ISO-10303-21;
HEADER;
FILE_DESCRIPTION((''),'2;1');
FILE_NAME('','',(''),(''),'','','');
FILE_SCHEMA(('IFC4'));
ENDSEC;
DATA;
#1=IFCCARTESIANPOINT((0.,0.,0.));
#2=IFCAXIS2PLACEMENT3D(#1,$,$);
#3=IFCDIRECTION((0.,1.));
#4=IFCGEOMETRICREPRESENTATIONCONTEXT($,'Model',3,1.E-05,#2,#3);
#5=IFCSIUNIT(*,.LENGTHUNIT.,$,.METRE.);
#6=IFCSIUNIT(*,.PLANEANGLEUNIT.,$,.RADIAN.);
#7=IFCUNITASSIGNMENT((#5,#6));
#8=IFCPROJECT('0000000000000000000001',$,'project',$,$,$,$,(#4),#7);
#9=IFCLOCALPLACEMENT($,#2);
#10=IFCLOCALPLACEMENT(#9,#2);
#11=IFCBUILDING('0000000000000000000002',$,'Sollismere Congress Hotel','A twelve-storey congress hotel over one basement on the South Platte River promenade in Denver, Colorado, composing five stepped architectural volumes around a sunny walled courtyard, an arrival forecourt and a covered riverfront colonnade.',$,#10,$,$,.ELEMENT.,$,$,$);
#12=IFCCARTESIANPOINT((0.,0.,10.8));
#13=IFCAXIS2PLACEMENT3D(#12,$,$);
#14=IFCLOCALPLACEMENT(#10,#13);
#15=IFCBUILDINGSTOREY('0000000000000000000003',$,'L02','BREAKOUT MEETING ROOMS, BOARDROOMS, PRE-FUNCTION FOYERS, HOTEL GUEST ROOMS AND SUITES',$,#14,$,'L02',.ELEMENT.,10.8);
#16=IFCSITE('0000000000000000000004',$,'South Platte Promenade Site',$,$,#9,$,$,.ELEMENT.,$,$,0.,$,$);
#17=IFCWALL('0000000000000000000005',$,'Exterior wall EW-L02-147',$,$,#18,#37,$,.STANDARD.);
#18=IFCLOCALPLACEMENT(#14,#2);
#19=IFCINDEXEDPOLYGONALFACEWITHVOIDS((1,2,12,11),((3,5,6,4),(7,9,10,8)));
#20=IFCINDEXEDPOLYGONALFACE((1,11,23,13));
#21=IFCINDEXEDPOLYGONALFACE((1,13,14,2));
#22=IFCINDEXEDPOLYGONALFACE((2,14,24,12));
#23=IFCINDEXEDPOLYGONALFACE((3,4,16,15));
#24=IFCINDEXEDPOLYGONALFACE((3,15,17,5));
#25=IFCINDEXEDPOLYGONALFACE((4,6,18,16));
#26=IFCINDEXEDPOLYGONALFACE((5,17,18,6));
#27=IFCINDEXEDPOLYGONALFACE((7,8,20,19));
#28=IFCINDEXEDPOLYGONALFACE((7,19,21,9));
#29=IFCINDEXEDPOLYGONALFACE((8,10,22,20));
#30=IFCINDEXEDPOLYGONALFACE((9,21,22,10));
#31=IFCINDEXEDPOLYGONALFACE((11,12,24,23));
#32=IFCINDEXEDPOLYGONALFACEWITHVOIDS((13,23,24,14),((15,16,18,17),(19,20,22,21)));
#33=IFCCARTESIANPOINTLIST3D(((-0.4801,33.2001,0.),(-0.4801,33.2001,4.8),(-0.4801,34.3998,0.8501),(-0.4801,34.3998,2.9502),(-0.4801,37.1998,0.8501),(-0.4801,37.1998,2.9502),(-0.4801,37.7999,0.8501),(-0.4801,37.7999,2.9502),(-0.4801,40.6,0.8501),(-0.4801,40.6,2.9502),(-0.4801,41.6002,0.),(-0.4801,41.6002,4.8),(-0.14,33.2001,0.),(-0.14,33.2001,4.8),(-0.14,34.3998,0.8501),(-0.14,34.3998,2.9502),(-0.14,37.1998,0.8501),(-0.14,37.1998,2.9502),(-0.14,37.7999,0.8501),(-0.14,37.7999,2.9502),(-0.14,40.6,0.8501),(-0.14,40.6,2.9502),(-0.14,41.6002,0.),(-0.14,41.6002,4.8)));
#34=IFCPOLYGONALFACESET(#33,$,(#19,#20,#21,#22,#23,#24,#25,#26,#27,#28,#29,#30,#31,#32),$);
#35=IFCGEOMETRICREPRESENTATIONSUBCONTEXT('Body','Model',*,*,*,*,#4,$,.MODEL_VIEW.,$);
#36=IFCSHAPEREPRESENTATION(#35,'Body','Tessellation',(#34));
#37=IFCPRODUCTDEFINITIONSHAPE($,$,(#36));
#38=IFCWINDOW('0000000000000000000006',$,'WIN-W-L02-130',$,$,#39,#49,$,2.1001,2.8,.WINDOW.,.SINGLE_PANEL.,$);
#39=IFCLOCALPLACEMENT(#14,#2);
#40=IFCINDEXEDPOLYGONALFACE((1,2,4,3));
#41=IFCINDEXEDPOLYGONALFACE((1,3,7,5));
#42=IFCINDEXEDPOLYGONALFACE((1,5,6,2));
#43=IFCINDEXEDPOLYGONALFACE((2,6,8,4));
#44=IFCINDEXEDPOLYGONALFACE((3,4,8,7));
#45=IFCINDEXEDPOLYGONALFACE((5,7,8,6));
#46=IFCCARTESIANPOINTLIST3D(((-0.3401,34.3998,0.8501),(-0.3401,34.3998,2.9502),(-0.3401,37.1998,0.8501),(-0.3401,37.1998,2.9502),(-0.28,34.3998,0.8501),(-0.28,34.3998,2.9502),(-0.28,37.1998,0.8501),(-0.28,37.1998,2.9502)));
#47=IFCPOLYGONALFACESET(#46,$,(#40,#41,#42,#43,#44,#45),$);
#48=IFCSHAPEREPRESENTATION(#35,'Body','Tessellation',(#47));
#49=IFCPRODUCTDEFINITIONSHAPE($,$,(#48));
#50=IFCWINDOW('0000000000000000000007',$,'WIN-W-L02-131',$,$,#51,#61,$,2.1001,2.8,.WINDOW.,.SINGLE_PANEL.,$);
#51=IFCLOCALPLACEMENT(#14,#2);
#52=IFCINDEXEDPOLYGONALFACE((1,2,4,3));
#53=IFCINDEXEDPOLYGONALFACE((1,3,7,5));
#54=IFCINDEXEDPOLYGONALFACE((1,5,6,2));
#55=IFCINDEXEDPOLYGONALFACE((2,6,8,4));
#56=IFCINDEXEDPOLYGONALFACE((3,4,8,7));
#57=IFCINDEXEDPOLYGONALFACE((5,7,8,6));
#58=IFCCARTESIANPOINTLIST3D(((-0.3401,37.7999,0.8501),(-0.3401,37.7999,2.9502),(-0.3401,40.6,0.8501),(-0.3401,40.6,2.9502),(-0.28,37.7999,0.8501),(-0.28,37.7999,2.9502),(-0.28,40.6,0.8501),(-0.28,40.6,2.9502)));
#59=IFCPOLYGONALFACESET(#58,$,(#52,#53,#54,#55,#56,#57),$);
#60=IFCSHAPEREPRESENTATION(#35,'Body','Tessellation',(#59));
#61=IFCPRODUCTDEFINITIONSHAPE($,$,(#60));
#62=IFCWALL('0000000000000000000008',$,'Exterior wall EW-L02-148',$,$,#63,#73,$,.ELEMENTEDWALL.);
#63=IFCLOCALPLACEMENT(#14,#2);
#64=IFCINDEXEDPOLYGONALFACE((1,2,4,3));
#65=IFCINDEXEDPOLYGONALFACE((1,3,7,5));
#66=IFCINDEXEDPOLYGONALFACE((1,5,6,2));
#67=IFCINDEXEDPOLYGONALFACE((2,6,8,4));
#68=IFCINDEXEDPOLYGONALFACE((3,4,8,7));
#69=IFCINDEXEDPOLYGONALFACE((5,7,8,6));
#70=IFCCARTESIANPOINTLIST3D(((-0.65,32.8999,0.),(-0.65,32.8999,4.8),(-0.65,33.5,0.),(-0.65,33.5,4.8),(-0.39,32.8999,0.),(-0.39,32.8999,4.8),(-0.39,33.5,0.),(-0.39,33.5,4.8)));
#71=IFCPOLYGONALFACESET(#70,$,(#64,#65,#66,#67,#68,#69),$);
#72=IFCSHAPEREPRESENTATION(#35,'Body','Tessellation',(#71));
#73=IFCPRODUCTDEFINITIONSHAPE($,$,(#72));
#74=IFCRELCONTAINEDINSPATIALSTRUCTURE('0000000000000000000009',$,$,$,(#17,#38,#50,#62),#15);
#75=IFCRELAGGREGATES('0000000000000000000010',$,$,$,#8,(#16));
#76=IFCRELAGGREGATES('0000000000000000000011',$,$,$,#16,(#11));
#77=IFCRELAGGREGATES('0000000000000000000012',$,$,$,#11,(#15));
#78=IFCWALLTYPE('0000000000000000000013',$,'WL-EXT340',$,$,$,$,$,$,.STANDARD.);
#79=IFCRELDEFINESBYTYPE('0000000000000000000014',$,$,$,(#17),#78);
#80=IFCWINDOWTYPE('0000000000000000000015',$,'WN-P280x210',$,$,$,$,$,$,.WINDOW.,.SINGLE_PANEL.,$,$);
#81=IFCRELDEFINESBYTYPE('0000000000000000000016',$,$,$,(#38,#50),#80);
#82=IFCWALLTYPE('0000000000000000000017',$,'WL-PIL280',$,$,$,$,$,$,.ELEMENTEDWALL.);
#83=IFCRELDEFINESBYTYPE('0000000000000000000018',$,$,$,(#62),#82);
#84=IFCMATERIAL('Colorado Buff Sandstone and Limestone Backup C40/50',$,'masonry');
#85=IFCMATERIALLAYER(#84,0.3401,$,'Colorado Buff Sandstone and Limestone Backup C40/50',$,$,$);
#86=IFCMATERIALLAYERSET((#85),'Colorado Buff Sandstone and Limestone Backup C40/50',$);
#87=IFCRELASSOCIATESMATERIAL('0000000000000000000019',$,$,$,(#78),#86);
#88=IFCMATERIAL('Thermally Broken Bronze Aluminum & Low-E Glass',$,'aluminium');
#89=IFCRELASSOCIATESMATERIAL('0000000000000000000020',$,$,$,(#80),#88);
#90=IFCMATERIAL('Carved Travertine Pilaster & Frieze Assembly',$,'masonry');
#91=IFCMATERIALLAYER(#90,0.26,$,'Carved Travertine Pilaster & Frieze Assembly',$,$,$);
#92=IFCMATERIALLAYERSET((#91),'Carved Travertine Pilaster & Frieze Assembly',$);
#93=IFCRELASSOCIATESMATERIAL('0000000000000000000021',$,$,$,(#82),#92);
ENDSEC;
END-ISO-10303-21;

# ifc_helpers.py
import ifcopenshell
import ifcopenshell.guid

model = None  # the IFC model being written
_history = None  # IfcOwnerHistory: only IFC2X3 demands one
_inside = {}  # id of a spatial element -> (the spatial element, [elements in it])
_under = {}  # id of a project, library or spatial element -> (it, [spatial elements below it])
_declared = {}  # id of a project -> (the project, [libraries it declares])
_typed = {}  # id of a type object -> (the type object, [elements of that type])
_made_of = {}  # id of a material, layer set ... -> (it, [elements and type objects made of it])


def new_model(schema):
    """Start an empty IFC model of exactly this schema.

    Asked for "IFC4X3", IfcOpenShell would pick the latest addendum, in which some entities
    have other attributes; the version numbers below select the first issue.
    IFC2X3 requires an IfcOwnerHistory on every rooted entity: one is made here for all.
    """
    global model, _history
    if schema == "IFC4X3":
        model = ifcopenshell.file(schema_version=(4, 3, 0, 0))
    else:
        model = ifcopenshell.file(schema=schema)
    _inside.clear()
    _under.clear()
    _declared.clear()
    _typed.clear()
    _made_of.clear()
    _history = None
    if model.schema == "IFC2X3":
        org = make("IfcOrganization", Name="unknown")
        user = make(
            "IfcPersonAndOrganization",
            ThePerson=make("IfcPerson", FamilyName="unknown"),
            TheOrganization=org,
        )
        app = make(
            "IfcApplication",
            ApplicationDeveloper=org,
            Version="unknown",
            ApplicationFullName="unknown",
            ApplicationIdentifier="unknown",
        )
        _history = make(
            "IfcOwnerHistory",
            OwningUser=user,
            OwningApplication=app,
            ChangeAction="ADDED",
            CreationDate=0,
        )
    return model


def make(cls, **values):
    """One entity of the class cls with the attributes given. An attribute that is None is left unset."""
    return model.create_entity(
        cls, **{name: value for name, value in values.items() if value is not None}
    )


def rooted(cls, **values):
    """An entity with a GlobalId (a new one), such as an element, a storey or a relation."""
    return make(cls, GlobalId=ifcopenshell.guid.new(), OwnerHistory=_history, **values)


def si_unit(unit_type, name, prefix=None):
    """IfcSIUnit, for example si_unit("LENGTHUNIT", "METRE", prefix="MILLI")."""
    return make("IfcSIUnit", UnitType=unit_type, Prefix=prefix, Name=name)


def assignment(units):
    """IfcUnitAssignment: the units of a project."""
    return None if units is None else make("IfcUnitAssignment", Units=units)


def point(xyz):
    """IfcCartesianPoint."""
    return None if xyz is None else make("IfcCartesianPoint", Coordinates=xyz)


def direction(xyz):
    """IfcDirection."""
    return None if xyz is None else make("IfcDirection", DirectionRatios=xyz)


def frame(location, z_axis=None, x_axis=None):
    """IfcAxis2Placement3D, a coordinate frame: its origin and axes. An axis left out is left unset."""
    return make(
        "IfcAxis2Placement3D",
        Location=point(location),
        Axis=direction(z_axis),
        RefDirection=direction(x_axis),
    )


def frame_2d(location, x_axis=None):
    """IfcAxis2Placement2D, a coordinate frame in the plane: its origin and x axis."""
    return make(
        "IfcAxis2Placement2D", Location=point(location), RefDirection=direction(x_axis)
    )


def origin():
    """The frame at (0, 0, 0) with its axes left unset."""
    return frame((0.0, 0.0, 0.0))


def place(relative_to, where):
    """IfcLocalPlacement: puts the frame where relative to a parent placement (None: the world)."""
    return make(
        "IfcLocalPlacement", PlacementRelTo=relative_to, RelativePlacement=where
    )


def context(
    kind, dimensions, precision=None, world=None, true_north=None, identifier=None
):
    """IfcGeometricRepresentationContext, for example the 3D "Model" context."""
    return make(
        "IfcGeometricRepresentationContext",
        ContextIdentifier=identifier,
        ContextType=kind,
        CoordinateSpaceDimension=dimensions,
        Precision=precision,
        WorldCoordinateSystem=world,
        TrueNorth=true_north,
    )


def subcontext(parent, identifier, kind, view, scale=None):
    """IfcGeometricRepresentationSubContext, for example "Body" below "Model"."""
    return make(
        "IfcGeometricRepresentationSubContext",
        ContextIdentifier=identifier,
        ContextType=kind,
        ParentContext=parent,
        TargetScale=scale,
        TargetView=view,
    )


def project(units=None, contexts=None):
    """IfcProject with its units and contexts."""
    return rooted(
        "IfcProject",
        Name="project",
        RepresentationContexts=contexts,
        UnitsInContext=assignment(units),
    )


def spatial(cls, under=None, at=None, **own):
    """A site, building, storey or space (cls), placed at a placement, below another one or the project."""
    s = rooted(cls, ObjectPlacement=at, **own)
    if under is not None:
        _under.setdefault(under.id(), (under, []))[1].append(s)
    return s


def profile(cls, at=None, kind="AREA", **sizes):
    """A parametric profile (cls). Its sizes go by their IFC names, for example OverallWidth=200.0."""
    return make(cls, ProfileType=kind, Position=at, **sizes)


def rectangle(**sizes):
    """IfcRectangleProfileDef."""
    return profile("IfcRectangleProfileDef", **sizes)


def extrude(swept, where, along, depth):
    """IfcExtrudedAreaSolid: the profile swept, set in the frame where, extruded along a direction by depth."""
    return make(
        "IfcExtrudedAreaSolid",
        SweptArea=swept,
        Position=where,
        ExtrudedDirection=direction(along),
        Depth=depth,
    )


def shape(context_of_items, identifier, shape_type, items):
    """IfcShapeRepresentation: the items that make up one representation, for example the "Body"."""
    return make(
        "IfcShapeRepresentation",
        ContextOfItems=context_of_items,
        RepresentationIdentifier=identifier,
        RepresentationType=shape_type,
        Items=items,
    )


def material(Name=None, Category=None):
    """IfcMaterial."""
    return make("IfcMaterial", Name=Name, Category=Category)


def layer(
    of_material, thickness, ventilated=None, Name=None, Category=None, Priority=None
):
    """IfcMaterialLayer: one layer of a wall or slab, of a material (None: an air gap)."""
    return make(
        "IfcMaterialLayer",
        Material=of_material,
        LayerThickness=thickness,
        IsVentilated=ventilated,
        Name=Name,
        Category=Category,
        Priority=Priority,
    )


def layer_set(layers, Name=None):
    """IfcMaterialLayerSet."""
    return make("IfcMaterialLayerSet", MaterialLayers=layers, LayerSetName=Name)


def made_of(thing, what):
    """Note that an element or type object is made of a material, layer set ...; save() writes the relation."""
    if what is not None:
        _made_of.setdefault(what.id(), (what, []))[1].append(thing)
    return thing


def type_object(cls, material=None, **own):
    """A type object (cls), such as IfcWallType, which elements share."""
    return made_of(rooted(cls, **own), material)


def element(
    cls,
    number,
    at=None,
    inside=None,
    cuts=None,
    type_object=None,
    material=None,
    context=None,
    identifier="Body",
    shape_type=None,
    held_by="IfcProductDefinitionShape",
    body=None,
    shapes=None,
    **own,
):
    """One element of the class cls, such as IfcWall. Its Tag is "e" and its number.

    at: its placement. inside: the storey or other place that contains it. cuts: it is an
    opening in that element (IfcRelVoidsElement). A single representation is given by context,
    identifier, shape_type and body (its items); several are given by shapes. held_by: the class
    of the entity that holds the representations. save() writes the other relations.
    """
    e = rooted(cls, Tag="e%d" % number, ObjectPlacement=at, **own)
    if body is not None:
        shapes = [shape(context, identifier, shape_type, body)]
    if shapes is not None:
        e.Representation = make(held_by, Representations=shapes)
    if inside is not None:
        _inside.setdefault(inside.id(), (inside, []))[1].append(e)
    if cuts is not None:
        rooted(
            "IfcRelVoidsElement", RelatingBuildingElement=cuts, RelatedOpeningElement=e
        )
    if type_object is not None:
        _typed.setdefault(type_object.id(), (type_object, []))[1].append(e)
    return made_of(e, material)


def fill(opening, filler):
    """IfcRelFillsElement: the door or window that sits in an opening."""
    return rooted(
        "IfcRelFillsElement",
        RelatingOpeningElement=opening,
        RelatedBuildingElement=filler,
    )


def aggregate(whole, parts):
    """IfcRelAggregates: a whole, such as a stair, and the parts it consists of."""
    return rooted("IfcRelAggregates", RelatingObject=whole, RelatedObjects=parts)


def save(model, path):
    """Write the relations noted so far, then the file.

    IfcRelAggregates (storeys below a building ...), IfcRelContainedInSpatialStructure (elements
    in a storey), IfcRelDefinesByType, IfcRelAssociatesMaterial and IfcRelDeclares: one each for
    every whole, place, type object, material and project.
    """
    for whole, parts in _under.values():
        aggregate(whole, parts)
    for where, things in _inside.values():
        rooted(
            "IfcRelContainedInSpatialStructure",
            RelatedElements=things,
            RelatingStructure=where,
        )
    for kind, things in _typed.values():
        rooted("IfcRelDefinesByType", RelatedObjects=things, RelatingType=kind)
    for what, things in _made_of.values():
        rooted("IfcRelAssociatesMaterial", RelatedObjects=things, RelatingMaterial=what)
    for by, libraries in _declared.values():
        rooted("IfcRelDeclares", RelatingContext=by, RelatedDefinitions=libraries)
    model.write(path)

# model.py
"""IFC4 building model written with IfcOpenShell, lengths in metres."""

from ifc_helpers import new_model, si_unit, direction, frame, frame_2d, origin, place, context, subcontext, project, spatial, rectangle, extrude, material, layer, layer_set, type_object, element, fill, save


model = new_model("IFC4")

# Units and contexts
model_context = context("Model", 3, precision=1e-05, world=origin(), true_north=direction((0.0, 1.0)))
body_context = subcontext(model_context, "Body", "Model", "MODEL_VIEW")
ifc_project = project(units=[si_unit("LENGTHUNIT", "METRE"), si_unit("PLANEANGLEUNIT", "RADIAN")], contexts=[model_context])

# Site, building, storey
site_placement = place(None, origin())
site = spatial("IfcSite", under=ifc_project, at=site_placement, Name="South Platte Promenade Site", CompositionType="ELEMENT", RefElevation=0.0)
building_placement = place(site_placement, origin())
building = spatial("IfcBuilding", under=site, at=building_placement, Name="Sollismere Congress Hotel", Description="A twelve-storey congress hotel over one basement on the South Platte River promenade in Denver, Colorado, composing five stepped architectural volumes around a sunny walled courtyard, an arrival forecourt and a covered riverfront colonnade.", CompositionType="ELEMENT")
storey_placement = place(building_placement, frame((0.0, 0.0, 10.8)))
storey = spatial("IfcBuildingStorey", under=building, at=storey_placement, Name="L02", Description="BREAKOUT MEETING ROOMS, BOARDROOMS, PRE-FUNCTION FOYERS, HOTEL GUEST ROOMS AND SUITES", LongName="L02", CompositionType="ELEMENT", Elevation=10.8)

# Wall, openings, windows
ifc_material_1 = material(Name="Colorado Buff Sandstone and Limestone Backup C40/50", Category="masonry")
ifc_layer_1 = layer(ifc_material_1, 0.3401, Name="Colorado Buff Sandstone and Limestone Backup C40/50")
ifc_layer_set_1 = layer_set([ifc_layer_1], Name="Colorado Buff Sandstone and Limestone Backup C40/50")
wall_type_1 = type_object("IfcWallType", Name="WL-EXT340", PredefinedType="STANDARD", material=ifc_layer_set_1)
wall_1_placement = place(storey_placement, frame((-0.3101, 33.2, 0.0), z_axis=(0.0, 0.0, 1.0), x_axis=(0.0, 1.0, 0.0)))
wall_1 = element("IfcWall", 1, at=wall_1_placement, inside=storey, type_object=wall_type_1, Name="Exterior wall EW-L02-147", PredefinedType="STANDARD", context=body_context, shape_type="SweptSolid", body=[
    extrude(rectangle(XDim=8.4001, YDim=0.3401, at=frame_2d((4.2002, 0.0))), origin(), (0.0, 0.0, 1.0), 4.8),
])
opening_1_placement = place(wall_1_placement, frame((1.2, 0.0, 0.8501)))
opening_1 = element("IfcOpeningElement", 2, at=opening_1_placement, cuts=wall_1, PredefinedType="OPENING", context=body_context, shape_type="SweptSolid", body=[
    extrude(rectangle(XDim=2.8, YDim=2.1001, at=frame_2d((1.3999, 1.05))), frame((0.0, 0.1799, 0.0), z_axis=(0.0, -1.0, 0.0), x_axis=(1.0, 0.0, 0.0)), (0.0, 0.0, 1.0), 0.3601),
])
opening_2_placement = place(wall_1_placement, frame((4.6001, 0.0, 0.8501)))
opening_2 = element("IfcOpeningElement", 3, at=opening_2_placement, cuts=wall_1, PredefinedType="OPENING", context=body_context, shape_type="SweptSolid", body=[
    extrude(rectangle(XDim=2.8, YDim=2.1001, at=frame_2d((1.3999, 1.05))), frame((0.0, 0.1799, 0.0), z_axis=(0.0, -1.0, 0.0), x_axis=(1.0, 0.0, 0.0)), (0.0, 0.0, 1.0), 0.3601),
])
ifc_material_2 = material(Name="Thermally Broken Bronze Aluminum & Low-E Glass", Category="aluminium")
window_type = type_object("IfcWindowType", Name="WN-P280x210", PartitioningType="SINGLE_PANEL", PredefinedType="WINDOW", material=ifc_material_2)
window_1_placement = place(opening_1_placement, origin())
window_1 = element("IfcWindow", 4, at=window_1_placement, inside=storey, type_object=window_type, Name="WIN-W-L02-130", OverallHeight=2.1001, OverallWidth=2.8, PartitioningType="SINGLE_PANEL", PredefinedType="WINDOW", context=body_context, shape_type="SweptSolid", body=[
    extrude(rectangle(XDim=2.8, YDim=2.1001, at=frame_2d((1.3999, 1.05))), frame((0.0, 0.03, 0.0), z_axis=(0.0, -1.0, 0.0), x_axis=(1.0, 0.0, 0.0)), (0.0, 0.0, 1.0), 0.0601),
])
fill(opening_1, window_1)
window_2_placement = place(opening_2_placement, origin())
window_2 = element("IfcWindow", 5, at=window_2_placement, inside=storey, type_object=window_type, Name="WIN-W-L02-131", OverallHeight=2.1001, OverallWidth=2.8, PartitioningType="SINGLE_PANEL", PredefinedType="WINDOW", context=body_context, shape_type="SweptSolid", body=[
    extrude(rectangle(XDim=2.8, YDim=2.1001, at=frame_2d((1.3999, 1.05))), frame((0.0, 0.03, 0.0), z_axis=(0.0, -1.0, 0.0), x_axis=(1.0, 0.0, 0.0)), (0.0, 0.0, 1.0), 0.0601),
])
fill(opening_2, window_2)

# Wall
ifc_material_3 = material(Name="Carved Travertine Pilaster & Frieze Assembly", Category="masonry")
ifc_layer_2 = layer(ifc_material_3, 0.26, Name="Carved Travertine Pilaster & Frieze Assembly")
ifc_layer_set_2 = layer_set([ifc_layer_2], Name="Carved Travertine Pilaster & Frieze Assembly")
wall_type_2 = type_object("IfcWallType", Name="WL-PIL280", PredefinedType="ELEMENTEDWALL", material=ifc_layer_set_2)
wall_2_placement = place(storey_placement, frame((-0.52, 32.8999, 0.0), z_axis=(0.0, 0.0, 1.0), x_axis=(0.0, 1.0, 0.0)))
element("IfcWall", 6, at=wall_2_placement, inside=storey, type_object=wall_type_2, Name="Exterior wall EW-L02-148", PredefinedType="ELEMENTEDWALL", context=body_context, shape_type="SweptSolid", body=[
    extrude(rectangle(XDim=0.6001, YDim=0.26, at=frame_2d((0.3, 0.0))), origin(), (0.0, 0.0, 1.0), 4.8),
])

save(model, "model.ifc")
